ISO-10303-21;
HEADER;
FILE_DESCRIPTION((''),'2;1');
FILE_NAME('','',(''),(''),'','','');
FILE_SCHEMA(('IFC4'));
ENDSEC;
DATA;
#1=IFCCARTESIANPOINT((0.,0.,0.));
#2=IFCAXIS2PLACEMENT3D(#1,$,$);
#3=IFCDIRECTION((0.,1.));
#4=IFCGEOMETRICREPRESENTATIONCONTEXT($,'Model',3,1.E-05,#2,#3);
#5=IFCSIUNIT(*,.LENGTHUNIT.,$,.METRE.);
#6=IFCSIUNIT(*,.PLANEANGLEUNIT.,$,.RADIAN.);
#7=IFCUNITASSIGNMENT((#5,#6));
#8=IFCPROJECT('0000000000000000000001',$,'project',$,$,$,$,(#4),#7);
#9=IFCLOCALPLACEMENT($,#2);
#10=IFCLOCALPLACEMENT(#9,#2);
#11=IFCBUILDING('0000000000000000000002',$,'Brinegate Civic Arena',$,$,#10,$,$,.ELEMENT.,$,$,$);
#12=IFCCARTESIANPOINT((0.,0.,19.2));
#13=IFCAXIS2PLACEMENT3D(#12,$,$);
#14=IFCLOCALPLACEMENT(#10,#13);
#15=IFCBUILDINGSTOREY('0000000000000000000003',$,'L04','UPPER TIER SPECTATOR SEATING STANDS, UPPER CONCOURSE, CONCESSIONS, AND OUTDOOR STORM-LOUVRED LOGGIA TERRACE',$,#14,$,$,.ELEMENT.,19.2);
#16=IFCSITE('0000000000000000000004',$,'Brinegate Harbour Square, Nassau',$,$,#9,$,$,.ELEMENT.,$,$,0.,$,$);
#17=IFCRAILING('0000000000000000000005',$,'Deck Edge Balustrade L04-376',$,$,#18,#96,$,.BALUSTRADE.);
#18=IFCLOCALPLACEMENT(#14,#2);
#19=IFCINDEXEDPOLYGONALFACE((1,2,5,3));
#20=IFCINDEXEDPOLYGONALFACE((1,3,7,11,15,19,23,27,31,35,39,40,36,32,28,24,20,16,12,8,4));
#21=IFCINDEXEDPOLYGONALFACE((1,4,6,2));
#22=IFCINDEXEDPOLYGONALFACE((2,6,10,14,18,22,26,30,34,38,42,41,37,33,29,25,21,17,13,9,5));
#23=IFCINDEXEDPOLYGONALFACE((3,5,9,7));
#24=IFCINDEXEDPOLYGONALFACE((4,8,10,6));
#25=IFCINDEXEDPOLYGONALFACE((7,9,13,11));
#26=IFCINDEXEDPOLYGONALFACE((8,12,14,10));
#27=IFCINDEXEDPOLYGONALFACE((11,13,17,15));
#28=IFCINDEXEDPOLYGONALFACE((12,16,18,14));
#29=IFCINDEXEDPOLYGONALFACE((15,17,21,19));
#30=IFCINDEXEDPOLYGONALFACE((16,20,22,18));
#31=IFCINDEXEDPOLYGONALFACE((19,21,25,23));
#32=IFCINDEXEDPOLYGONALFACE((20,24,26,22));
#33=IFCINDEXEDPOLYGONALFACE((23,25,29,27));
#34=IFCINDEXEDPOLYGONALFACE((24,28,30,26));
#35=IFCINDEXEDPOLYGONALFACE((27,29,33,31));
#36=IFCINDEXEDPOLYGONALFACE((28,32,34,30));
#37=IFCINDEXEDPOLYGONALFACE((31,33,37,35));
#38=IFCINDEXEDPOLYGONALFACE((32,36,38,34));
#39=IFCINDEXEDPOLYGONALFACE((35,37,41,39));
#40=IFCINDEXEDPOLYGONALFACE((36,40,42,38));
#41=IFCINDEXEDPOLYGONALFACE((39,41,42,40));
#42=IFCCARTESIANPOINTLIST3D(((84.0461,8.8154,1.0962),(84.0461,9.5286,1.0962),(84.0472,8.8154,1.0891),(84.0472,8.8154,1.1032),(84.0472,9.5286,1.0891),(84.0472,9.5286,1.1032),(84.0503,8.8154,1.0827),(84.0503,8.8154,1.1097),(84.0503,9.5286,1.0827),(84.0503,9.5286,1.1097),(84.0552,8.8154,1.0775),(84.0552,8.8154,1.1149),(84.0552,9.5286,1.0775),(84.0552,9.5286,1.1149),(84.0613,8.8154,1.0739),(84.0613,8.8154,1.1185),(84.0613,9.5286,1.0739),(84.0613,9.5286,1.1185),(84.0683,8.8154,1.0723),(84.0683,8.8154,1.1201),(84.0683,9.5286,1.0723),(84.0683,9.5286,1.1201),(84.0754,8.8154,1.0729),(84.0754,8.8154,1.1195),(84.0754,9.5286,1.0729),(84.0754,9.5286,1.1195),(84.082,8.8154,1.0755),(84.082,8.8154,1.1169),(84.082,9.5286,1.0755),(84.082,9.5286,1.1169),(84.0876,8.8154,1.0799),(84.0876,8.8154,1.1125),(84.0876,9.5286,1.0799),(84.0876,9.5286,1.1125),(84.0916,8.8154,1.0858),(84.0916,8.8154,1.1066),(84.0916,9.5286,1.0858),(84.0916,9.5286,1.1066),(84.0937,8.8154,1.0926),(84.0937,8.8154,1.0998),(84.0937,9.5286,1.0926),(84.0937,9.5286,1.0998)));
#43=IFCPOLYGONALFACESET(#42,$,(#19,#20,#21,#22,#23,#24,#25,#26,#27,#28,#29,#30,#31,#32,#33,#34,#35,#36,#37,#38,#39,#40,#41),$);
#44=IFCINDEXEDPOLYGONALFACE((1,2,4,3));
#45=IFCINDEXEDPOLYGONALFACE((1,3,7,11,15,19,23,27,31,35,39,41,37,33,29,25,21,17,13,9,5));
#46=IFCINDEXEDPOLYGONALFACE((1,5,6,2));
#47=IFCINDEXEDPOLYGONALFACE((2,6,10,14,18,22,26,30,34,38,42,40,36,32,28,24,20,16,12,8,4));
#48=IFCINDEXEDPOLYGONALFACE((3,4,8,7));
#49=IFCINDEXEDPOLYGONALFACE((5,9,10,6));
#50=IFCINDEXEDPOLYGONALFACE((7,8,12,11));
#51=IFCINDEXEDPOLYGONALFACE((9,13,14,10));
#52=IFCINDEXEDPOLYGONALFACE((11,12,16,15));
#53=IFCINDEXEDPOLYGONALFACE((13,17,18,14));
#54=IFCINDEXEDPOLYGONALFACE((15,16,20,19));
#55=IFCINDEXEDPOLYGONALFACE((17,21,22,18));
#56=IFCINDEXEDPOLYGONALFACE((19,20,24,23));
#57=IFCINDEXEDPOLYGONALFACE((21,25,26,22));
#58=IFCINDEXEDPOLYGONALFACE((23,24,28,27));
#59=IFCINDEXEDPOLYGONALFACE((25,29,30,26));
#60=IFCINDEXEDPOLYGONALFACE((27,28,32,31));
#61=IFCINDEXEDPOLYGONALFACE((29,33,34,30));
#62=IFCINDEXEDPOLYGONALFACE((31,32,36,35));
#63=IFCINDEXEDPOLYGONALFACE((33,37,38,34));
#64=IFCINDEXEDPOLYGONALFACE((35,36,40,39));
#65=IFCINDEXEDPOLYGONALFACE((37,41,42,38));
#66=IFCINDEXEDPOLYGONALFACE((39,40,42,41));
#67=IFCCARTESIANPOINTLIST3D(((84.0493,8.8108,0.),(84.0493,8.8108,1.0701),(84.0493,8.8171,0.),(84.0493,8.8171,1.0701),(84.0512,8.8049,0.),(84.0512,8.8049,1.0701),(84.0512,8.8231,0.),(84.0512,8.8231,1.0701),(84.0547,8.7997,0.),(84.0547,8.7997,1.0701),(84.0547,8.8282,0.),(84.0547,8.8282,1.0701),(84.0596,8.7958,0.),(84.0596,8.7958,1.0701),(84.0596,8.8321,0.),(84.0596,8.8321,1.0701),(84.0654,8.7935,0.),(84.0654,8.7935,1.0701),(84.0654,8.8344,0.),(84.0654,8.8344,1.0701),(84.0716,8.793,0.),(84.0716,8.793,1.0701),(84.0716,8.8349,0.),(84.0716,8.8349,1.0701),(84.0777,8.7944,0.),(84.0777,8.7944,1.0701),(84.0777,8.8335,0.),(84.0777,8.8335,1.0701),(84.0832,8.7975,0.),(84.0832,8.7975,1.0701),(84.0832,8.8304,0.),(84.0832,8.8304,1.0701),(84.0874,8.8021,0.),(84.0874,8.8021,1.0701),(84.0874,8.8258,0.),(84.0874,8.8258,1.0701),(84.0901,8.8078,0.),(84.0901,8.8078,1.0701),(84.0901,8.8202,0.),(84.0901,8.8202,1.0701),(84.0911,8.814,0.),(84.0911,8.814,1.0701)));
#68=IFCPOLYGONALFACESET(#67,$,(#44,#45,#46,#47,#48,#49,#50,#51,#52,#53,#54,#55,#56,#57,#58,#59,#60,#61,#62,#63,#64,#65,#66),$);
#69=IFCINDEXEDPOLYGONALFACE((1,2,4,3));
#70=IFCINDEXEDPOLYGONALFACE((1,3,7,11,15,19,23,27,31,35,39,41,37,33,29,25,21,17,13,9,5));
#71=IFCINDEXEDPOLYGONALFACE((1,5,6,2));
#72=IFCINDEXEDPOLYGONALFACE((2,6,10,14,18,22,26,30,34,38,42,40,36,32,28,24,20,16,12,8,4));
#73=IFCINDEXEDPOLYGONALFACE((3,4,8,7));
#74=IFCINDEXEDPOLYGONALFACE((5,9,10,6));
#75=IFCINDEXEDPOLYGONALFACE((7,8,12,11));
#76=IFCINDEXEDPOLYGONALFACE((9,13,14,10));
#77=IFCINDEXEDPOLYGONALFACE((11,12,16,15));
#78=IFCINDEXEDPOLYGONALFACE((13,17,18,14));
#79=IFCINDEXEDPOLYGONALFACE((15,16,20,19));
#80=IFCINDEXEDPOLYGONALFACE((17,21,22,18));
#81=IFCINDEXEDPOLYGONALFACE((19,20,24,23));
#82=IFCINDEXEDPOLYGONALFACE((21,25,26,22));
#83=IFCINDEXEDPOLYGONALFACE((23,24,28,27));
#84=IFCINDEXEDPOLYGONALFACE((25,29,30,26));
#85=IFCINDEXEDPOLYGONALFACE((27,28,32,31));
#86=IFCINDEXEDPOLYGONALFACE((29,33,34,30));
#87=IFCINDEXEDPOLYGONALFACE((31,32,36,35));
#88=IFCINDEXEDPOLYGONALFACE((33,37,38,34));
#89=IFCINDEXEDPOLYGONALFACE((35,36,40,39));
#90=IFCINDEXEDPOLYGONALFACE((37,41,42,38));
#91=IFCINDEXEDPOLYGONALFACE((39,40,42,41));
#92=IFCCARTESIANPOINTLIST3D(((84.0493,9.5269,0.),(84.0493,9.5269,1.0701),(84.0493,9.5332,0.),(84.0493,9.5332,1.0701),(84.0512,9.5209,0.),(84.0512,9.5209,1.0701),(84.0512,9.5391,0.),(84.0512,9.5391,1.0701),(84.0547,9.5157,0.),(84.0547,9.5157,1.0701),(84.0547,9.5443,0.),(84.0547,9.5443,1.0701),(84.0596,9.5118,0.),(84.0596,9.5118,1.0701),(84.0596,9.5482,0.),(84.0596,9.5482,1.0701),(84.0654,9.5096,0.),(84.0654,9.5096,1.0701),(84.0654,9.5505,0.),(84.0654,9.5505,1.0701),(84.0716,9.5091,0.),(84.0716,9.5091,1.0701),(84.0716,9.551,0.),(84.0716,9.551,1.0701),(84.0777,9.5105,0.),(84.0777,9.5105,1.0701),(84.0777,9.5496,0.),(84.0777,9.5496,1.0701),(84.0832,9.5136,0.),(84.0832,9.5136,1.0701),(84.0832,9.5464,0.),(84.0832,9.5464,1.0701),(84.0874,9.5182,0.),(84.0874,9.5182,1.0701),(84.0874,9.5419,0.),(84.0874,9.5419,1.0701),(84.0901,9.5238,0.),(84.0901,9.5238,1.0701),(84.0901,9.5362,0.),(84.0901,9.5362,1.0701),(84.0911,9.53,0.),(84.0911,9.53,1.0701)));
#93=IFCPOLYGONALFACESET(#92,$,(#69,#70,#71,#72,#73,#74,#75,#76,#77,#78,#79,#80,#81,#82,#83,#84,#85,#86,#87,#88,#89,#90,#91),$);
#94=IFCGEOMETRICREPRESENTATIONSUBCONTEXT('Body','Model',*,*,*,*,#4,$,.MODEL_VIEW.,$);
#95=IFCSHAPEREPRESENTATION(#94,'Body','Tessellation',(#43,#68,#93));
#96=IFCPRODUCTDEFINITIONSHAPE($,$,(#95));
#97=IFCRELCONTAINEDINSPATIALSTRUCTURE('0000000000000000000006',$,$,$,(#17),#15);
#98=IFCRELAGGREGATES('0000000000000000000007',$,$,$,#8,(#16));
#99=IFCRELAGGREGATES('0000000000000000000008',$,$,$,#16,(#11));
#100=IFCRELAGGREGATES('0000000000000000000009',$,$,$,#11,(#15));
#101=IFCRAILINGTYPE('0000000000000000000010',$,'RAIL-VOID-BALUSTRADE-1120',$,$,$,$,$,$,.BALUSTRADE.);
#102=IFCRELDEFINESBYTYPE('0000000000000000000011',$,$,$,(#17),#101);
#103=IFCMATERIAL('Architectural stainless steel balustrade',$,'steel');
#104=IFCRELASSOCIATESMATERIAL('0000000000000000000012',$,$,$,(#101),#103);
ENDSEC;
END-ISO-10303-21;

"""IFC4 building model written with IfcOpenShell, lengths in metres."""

from ifc_helpers import new_model, si_unit, direction, frame, origin, origin_2d, place, context, subcontext, project, spatial, circle, extrude, material, type_object, element, save


model = new_model("IFC4")

# Units and contexts
model_context = context("Model", 3, precision=1e-05, world=origin(), true_north=direction((0.0, 1.0)))
body_context = subcontext(model_context, "Body", "Model", "MODEL_VIEW")
ifc_project = project(units=[si_unit("LENGTHUNIT", "METRE"), si_unit("PLANEANGLEUNIT", "RADIAN")], contexts=[model_context])

# Site, building, storey
site_placement = place(None, origin())
site = spatial("IfcSite", under=ifc_project, at=site_placement, Name="Brinegate Harbour Square, Nassau", CompositionType="ELEMENT", RefElevation=0.0)
building_placement = place(site_placement, origin())
building = spatial("IfcBuilding", under=site, at=building_placement, Name="Brinegate Civic Arena", CompositionType="ELEMENT")
storey_placement = place(building_placement, frame((0.0, 0.0, 19.2)))
storey = spatial("IfcBuildingStorey", under=building, at=storey_placement, Name="L04", Description="UPPER TIER SPECTATOR SEATING STANDS, UPPER CONCOURSE, CONCESSIONS, AND OUTDOOR STORM-LOUVRED LOGGIA TERRACE", CompositionType="ELEMENT", Elevation=19.2)

# Railing
ifc_material_1 = material(Name="Architectural stainless steel balustrade", Category="steel")
railing_type = type_object("IfcRailingType", Name="RAIL-VOID-BALUSTRADE-1120", PredefinedType="BALUSTRADE", material=ifc_material_1)
for number, where, name in (
    (1, (84.0701, 8.814, 0.0), "Deck Edge Balustrade L04-376"),
):
    element("IfcRailing", number, at=place(storey_placement, frame(where)), inside=storey, type_object=railing_type, Name=name, PredefinedType="BALUSTRADE", context=body_context, shape_type="SweptSolid", body=[
        extrude(circle(Radius=0.0239, at=origin_2d()), frame((0.0, 0.0015, 1.0962), z_axis=(0.0, 1.0, 0.0), x_axis=(-1.0, 0.0, 0.0)), (0.0, 0.0, 1.0), 0.7131),
        extrude(circle(Radius=0.021, at=origin_2d()), origin(), (0.0, 0.0, 1.0), 1.0701),
        extrude(circle(Radius=0.021, at=origin_2d()), frame((0.0, 0.7161, 0.0)), (0.0, 0.0, 1.0), 1.0701),
    ])

save(model, "model.ifc")
